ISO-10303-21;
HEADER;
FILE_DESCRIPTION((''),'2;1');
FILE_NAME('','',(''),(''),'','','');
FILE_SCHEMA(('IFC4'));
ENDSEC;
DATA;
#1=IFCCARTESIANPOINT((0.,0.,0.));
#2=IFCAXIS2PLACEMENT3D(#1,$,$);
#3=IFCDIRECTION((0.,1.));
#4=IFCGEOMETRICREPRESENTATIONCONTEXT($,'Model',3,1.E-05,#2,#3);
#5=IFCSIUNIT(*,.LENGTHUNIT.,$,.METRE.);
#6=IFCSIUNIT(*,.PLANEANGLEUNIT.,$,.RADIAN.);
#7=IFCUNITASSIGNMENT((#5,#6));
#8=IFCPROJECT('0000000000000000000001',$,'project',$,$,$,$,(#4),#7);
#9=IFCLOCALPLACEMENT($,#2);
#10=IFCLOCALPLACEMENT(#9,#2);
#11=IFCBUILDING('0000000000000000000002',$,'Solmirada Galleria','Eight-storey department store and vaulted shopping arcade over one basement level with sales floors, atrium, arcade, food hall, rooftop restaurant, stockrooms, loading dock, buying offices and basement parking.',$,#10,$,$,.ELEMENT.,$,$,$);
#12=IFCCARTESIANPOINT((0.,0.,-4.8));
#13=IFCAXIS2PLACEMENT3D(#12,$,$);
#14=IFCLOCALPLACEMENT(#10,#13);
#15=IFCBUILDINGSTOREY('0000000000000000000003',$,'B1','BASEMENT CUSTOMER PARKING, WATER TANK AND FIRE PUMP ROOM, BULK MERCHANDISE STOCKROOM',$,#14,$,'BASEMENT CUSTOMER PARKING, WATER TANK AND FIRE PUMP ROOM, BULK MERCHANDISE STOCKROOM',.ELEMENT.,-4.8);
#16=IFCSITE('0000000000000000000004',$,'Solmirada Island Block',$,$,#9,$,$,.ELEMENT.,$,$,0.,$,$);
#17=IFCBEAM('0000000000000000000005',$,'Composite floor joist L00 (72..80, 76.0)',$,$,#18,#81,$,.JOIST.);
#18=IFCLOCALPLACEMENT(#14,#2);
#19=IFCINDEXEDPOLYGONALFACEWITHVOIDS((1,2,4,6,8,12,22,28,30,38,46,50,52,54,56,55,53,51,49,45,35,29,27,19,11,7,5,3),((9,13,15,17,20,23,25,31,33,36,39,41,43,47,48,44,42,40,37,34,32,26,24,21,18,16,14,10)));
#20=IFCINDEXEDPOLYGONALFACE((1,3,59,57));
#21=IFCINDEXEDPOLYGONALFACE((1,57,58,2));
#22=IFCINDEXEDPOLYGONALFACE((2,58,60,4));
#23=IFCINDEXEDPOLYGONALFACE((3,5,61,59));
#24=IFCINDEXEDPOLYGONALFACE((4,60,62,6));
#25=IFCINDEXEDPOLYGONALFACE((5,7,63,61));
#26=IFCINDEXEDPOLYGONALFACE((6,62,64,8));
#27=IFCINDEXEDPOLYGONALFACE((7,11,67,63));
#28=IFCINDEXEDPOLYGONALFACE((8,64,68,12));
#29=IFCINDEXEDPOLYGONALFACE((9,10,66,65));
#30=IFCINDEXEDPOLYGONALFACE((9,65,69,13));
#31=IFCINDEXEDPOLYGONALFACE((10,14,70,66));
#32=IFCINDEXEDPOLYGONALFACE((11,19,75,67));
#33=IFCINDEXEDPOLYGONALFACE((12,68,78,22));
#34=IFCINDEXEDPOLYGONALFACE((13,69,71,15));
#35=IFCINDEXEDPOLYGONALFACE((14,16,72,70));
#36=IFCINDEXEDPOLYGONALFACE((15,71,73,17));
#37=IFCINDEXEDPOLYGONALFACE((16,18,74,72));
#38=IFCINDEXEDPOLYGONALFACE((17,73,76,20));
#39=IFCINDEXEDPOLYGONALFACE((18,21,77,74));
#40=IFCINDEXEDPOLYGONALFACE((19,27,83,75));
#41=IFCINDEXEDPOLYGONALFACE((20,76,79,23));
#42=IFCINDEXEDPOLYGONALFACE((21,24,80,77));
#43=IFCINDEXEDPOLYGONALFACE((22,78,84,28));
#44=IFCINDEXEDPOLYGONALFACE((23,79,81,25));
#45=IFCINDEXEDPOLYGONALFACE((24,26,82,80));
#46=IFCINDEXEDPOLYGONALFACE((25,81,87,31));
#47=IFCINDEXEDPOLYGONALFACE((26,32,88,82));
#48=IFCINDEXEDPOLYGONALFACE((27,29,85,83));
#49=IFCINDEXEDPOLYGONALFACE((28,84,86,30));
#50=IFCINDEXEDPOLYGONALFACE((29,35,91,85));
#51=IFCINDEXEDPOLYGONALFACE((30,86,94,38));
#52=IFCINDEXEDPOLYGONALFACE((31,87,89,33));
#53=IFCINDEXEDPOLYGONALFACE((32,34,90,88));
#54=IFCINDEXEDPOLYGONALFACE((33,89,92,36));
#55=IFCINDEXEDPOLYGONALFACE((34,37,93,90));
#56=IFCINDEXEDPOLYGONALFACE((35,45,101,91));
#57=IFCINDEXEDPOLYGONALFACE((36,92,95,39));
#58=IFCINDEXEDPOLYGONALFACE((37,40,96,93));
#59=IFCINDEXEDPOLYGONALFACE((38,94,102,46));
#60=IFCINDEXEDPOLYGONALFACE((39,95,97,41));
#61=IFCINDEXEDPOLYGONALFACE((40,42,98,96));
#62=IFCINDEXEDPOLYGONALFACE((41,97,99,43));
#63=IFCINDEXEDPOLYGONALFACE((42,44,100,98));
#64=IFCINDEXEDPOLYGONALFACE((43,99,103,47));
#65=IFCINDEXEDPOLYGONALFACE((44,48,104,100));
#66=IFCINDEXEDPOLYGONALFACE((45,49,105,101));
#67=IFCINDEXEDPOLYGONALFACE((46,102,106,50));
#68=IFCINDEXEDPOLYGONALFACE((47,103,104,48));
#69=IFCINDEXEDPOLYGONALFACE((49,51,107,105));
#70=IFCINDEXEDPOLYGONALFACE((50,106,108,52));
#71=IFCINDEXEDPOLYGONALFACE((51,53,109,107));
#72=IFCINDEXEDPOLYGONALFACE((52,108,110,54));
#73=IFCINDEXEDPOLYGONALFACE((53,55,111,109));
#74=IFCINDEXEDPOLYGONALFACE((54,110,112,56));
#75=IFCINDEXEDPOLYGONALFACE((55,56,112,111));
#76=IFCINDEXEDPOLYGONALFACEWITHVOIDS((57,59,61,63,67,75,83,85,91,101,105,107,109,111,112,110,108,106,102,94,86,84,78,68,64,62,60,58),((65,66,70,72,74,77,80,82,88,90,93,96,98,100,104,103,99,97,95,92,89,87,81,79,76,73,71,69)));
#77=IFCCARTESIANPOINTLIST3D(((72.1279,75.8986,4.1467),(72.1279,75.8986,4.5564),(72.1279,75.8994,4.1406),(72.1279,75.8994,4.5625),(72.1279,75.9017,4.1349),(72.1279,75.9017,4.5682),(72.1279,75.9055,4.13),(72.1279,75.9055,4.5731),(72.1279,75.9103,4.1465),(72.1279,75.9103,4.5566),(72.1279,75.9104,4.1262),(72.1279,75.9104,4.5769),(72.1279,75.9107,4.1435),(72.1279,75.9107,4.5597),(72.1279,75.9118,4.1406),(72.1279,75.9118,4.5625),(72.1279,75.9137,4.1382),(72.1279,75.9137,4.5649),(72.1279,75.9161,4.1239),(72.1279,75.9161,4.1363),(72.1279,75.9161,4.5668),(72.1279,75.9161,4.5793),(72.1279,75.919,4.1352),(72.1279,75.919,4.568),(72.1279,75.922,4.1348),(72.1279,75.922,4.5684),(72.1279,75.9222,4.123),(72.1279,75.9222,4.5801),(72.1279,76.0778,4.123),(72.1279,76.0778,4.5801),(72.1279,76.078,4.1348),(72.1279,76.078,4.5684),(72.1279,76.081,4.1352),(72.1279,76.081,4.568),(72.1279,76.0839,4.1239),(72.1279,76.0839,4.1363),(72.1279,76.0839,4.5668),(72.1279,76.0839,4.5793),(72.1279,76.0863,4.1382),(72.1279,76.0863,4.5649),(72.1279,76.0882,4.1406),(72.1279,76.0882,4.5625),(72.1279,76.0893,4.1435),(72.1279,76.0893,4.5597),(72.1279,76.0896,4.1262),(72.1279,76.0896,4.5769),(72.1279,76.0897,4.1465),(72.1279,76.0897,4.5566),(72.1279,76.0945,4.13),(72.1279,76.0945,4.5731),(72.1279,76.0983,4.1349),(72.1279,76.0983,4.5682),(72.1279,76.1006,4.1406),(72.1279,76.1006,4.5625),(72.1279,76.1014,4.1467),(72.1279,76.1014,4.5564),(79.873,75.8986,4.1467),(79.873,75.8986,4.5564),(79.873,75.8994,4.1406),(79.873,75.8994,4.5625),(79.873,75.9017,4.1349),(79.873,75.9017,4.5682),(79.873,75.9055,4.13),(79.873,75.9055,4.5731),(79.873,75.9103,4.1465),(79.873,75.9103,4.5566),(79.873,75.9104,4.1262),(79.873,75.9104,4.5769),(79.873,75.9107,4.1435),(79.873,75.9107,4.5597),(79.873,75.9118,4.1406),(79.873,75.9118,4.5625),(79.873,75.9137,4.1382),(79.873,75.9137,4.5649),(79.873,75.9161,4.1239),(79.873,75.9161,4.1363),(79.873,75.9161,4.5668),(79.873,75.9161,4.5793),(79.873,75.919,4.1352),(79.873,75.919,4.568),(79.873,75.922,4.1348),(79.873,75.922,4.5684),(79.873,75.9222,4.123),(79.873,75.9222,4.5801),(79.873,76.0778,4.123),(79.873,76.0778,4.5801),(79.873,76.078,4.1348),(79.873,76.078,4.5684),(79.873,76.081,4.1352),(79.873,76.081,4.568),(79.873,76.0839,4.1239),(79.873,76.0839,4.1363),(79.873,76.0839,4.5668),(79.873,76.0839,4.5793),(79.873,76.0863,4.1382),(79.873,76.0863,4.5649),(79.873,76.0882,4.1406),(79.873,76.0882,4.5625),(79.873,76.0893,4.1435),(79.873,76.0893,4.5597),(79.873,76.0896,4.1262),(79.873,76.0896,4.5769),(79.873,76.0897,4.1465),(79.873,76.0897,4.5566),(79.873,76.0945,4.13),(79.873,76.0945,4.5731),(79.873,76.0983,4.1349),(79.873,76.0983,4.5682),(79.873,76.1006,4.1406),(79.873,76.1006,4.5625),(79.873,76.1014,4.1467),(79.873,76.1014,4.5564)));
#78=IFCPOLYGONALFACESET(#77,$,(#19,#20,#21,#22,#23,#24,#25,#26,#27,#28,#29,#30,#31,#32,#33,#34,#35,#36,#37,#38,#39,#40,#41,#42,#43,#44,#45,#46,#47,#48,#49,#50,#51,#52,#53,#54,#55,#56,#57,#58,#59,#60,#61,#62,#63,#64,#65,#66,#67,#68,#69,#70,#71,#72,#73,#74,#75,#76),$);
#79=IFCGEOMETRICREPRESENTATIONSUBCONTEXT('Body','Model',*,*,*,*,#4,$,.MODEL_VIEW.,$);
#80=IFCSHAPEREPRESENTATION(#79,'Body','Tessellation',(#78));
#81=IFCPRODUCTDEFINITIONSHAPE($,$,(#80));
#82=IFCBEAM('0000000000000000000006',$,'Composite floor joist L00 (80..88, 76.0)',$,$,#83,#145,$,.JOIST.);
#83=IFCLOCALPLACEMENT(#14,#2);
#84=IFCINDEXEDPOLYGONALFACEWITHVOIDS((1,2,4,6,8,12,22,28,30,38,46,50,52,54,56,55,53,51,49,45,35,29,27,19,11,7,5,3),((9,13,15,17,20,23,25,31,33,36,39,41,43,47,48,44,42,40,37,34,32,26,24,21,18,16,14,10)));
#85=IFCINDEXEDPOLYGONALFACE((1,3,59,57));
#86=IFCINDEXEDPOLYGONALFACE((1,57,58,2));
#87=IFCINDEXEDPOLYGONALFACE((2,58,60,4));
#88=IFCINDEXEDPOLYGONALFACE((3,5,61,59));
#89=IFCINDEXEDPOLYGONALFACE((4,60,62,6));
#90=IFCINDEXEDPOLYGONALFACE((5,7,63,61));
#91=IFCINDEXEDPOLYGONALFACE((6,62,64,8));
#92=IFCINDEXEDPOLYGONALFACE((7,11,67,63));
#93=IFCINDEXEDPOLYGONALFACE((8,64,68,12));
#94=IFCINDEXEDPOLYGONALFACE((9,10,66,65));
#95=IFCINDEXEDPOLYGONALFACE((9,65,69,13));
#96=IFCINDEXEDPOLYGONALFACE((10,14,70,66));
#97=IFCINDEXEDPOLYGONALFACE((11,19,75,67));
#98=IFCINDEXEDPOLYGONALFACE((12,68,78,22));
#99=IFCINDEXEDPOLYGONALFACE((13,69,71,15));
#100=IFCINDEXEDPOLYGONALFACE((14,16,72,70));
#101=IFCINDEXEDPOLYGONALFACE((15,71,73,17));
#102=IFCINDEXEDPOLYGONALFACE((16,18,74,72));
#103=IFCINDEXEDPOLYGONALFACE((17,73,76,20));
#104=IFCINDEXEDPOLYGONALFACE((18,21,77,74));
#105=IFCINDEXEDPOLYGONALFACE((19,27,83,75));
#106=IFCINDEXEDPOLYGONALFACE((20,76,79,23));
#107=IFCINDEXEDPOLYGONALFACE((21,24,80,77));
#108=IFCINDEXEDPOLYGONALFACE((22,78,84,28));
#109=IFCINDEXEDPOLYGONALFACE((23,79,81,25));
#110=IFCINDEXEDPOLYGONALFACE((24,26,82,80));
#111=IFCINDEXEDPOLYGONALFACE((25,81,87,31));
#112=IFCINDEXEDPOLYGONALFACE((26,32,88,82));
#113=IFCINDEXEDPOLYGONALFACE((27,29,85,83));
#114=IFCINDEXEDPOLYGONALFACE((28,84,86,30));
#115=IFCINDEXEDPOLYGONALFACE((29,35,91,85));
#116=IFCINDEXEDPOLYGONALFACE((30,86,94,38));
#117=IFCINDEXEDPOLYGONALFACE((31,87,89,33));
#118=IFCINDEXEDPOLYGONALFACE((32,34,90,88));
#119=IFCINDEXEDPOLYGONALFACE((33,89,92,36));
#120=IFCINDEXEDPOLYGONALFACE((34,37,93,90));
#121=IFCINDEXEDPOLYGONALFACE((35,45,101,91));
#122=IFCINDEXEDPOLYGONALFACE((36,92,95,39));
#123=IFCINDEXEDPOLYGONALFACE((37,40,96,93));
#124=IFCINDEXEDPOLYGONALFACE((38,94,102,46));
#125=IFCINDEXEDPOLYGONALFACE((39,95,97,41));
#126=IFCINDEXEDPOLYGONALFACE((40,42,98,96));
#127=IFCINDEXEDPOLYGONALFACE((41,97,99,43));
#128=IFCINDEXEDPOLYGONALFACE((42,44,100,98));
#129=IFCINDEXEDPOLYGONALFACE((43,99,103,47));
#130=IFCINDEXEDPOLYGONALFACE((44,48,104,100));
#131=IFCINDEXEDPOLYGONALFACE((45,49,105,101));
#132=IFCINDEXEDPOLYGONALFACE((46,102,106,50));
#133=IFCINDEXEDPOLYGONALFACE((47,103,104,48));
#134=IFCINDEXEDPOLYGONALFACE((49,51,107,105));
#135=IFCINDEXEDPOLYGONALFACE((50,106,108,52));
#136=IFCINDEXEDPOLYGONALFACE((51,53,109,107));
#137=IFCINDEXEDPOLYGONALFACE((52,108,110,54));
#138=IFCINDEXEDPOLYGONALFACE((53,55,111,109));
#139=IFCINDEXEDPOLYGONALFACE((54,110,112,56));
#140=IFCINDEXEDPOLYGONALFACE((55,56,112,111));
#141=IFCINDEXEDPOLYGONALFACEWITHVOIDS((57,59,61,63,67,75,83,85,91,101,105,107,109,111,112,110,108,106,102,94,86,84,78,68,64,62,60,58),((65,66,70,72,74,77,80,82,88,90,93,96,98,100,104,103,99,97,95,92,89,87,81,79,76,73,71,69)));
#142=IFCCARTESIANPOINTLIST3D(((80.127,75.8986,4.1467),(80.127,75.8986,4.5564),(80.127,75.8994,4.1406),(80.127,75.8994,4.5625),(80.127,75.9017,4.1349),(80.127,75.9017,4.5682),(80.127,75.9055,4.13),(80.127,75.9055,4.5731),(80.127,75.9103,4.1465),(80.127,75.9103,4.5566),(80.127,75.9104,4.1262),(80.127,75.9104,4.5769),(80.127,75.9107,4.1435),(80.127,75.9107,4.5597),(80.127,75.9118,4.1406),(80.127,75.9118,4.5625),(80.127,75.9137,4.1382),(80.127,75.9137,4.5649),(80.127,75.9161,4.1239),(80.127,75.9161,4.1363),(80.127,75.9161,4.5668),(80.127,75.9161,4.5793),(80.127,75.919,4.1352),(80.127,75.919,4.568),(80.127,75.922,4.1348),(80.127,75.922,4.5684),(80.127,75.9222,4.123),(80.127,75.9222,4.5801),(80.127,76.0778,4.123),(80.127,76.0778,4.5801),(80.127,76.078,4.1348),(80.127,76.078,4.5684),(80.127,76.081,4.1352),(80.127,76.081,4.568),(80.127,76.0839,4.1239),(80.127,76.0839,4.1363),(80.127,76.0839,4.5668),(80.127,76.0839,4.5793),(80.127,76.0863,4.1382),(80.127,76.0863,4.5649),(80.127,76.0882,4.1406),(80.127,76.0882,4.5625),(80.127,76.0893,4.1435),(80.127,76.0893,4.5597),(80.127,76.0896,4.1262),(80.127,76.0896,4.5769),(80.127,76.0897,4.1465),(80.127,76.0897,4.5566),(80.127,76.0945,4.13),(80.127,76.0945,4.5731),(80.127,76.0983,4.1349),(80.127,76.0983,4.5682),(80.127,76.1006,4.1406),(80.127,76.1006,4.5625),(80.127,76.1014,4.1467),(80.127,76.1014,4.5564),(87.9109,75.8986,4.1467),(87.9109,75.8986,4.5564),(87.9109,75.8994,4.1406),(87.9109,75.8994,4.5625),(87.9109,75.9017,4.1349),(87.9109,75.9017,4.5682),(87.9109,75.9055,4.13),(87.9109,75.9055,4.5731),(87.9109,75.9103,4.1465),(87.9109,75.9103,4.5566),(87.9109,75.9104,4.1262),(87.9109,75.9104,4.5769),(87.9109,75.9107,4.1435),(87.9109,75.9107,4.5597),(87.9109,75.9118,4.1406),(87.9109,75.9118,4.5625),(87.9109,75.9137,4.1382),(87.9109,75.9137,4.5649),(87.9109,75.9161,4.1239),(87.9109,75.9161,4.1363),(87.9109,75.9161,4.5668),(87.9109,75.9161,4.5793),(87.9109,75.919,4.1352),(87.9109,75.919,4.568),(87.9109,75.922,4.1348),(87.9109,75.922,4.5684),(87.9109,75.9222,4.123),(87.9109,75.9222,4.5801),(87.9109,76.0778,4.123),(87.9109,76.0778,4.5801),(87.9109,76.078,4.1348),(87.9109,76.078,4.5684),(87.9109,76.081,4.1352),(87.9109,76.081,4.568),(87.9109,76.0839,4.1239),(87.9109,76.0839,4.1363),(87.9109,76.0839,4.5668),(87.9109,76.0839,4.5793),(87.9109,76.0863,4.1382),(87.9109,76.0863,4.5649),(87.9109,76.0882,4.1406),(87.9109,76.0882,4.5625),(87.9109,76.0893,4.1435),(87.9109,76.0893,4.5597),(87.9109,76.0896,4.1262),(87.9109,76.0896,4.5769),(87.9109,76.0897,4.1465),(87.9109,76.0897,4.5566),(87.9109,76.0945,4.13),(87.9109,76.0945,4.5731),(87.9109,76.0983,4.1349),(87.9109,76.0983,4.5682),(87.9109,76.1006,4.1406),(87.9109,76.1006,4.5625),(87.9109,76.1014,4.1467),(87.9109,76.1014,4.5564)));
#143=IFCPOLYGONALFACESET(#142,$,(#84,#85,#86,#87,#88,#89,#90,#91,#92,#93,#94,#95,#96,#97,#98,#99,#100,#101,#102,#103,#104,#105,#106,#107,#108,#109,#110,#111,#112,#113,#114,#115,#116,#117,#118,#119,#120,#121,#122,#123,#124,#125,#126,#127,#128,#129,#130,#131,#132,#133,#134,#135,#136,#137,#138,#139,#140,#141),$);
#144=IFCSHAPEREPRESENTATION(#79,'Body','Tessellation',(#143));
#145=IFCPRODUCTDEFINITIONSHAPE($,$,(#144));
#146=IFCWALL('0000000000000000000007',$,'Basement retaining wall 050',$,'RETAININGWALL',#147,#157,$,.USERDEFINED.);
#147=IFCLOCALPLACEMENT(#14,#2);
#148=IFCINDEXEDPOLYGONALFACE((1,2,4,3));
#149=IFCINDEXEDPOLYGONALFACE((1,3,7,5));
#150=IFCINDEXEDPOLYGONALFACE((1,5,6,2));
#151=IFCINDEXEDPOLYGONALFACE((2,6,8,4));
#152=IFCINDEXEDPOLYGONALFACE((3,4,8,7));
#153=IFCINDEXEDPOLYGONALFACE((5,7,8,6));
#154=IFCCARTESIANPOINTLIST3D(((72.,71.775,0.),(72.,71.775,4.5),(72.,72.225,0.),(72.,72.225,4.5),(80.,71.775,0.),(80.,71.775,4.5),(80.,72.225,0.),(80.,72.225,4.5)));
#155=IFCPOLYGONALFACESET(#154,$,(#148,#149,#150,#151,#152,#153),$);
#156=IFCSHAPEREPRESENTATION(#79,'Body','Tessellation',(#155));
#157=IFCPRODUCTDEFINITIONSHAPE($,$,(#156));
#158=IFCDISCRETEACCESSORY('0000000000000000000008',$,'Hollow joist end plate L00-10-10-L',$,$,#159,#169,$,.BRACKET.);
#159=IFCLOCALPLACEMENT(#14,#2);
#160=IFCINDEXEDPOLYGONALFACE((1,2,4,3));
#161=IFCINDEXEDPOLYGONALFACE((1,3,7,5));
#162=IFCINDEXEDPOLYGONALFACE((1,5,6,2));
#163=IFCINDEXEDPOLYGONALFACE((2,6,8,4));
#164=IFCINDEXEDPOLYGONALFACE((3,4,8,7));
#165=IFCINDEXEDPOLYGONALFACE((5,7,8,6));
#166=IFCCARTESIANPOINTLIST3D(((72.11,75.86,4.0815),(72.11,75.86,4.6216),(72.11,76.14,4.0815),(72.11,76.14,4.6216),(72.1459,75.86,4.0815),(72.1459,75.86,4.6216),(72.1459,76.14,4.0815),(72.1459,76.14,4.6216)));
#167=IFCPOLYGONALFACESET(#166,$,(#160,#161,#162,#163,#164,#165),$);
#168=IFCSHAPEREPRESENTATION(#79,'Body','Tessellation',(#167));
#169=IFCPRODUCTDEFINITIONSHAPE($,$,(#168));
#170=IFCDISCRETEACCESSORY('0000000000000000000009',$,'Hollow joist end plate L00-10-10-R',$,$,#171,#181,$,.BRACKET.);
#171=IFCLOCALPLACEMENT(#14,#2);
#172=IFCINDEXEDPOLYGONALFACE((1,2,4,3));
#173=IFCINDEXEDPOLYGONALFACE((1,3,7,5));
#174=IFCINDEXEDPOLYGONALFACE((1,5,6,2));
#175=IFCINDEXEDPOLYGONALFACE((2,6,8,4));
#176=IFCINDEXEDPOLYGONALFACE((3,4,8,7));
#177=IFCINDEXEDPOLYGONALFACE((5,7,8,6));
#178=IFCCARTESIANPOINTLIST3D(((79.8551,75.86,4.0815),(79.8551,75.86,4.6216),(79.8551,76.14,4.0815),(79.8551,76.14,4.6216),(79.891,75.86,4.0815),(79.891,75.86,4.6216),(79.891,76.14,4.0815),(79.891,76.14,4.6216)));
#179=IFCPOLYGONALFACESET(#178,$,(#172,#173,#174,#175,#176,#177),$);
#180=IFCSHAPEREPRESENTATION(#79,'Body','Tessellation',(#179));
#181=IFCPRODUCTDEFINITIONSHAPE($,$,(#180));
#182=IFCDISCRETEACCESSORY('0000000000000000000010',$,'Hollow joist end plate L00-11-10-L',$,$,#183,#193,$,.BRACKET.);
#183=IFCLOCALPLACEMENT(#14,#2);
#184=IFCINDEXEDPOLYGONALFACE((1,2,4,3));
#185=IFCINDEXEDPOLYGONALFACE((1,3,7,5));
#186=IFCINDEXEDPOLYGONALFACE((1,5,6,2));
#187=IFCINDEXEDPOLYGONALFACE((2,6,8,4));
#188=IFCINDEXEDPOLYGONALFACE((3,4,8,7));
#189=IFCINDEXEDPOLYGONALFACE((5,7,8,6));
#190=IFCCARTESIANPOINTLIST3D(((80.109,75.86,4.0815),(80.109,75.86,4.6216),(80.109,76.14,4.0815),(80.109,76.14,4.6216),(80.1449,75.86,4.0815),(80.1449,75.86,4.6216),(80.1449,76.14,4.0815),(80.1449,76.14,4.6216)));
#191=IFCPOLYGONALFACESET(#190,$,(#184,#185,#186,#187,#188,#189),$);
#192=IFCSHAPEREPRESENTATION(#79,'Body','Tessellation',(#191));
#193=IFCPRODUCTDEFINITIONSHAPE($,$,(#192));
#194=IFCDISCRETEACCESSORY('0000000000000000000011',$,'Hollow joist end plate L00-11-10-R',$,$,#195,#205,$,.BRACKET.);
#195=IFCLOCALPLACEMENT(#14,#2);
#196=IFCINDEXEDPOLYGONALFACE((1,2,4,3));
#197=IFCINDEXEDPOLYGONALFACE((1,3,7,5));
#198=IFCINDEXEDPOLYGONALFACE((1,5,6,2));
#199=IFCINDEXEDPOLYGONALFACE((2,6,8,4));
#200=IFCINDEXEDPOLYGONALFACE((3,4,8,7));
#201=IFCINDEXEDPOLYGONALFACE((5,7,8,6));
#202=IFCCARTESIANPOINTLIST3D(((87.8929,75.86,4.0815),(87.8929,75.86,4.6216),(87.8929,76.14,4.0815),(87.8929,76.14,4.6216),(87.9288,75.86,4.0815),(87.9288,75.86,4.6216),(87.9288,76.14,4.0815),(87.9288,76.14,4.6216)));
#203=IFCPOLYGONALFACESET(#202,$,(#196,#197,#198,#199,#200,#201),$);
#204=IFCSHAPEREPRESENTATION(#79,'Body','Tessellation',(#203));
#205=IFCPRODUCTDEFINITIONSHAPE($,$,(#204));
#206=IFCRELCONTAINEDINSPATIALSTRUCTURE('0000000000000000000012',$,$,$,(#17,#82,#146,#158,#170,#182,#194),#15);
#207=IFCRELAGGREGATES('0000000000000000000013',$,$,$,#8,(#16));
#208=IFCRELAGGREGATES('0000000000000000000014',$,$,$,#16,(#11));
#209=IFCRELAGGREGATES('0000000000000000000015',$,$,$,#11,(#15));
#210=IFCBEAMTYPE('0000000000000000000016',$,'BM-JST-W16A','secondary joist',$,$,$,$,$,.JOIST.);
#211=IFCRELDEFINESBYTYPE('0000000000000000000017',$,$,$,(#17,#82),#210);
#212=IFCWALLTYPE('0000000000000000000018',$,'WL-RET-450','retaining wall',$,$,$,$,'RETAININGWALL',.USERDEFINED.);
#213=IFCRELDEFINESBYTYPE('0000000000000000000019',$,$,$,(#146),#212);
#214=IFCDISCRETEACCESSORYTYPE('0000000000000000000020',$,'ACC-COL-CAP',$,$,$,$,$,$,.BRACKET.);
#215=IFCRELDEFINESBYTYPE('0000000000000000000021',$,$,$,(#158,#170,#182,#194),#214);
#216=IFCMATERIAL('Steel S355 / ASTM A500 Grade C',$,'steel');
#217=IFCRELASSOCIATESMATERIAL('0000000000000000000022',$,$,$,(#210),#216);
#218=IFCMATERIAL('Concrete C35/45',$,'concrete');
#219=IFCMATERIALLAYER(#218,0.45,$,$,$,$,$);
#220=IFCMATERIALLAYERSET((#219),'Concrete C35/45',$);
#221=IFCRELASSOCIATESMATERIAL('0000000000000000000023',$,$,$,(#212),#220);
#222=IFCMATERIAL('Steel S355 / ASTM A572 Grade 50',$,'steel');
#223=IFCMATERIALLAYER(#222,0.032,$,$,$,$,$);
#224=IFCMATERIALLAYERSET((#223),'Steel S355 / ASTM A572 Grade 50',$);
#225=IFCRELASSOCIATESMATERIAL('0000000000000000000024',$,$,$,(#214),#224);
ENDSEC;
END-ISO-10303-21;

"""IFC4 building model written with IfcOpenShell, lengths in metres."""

from ifc_helpers import new_model, si_unit, direction, frame, frame_2d, origin, origin_2d, place, context, subcontext, project, spatial, rectangle, hollow_rectangle, extrude, material, layer, layer_set, material_profile, profile_set, type_object, element, save


model = new_model("IFC4")

# Units and contexts
model_context = context("Model", 3, precision=1e-05, world=origin(), true_north=direction((0.0, 1.0)))
body_context = subcontext(model_context, "Body", "Model", "MODEL_VIEW")
ifc_project = project(units=[si_unit("LENGTHUNIT", "METRE"), si_unit("PLANEANGLEUNIT", "RADIAN")], contexts=[model_context])

# Site, building, storey
site_placement = place(None, origin())
site = spatial("IfcSite", under=ifc_project, at=site_placement, Name="Solmirada Island Block", CompositionType="ELEMENT", RefElevation=0.0)
building_placement = place(site_placement, origin())
building = spatial("IfcBuilding", under=site, at=building_placement, Name="Solmirada Galleria", Description="Eight-storey department store and vaulted shopping arcade over one basement level with sales floors, atrium, arcade, food hall, rooftop restaurant, stockrooms, loading dock, buying offices and basement parking.", CompositionType="ELEMENT")
storey_placement = place(building_placement, frame((0.0, 0.0, -4.8)))
storey = spatial("IfcBuildingStorey", under=building, at=storey_placement, Name="B1", Description="BASEMENT CUSTOMER PARKING, WATER TANK AND FIRE PUMP ROOM, BULK MERCHANDISE STOCKROOM", LongName="BASEMENT CUSTOMER PARKING, WATER TANK AND FIRE PUMP ROOM, BULK MERCHANDISE STOCKROOM", CompositionType="ELEMENT", Elevation=-4.8)

# Shared definitions
ifc_material_1 = material(Name="Concrete C35/45", Category="concrete")

# Shared definitions
ifc_material_2 = material(Name="Steel S355 / ASTM A500 Grade C", Category="steel")

# Beams
ifc_material_profile_1 = material_profile(ifc_material_2, hollow_rectangle(XDim=0.2029, YDim=0.457, WallThickness=0.0117, InnerFilletRadius=0.0117, OuterFilletRadius=0.0237, at=origin_2d()), Name="HSS18X8X1/2")
ifc_profile_set_1 = profile_set([ifc_material_profile_1], Name="Steel S355 / ASTM A500 Grade C")
beam_type_1 = type_object("IfcBeamType", Name="BM-JST-W16A", Description="secondary joist", PredefinedType="JOIST", material=ifc_profile_set_1)
beam_1_placement = place(storey_placement, frame((72.1279, 76.0, 4.3516), z_axis=(1.0, 0.0, 0.0), x_axis=(0.0, 1.0, 0.0)))
element("IfcBeam", 1, at=beam_1_placement, inside=storey, type_object=beam_type_1, Name="Composite floor joist L00 (72..80, 76.0)", PredefinedType="JOIST", context=body_context, shape_type="SweptSolid", body=[
    extrude(hollow_rectangle(XDim=0.2029, YDim=0.457, WallThickness=0.0117, InnerFilletRadius=0.0117, OuterFilletRadius=0.0237, at=origin_2d()), origin(), (0.0, 0.0, 1.0), 7.7451),
])
beam_2_placement = place(storey_placement, frame((80.127, 76.0, 4.3516), z_axis=(1.0, 0.0, 0.0), x_axis=(0.0, 1.0, 0.0)))
element("IfcBeam", 2, at=beam_2_placement, inside=storey, type_object=beam_type_1, Name="Composite floor joist L00 (80..88, 76.0)", PredefinedType="JOIST", context=body_context, shape_type="SweptSolid", body=[
    extrude(hollow_rectangle(XDim=0.2029, YDim=0.457, WallThickness=0.0117, InnerFilletRadius=0.0117, OuterFilletRadius=0.0237, at=origin_2d()), origin(), (0.0, 0.0, 1.0), 7.7839),
])

# Wall
ifc_layer_1 = layer(ifc_material_1, 0.45)
ifc_layer_set_1 = layer_set([ifc_layer_1], Name="Concrete C35/45")
wall_type = type_object("IfcWallType", Name="WL-RET-450", Description="retaining wall", ElementType="RETAININGWALL", PredefinedType="USERDEFINED", material=ifc_layer_set_1)
wall_placement = place(storey_placement, frame((80.0, 72.0, 0.0), z_axis=(0.0, 0.0, 1.0), x_axis=(-1.0, 0.0, 0.0)))
element("IfcWall", 3, at=wall_placement, inside=storey, type_object=wall_type, Name="Basement retaining wall 050", ObjectType="RETAININGWALL", PredefinedType="USERDEFINED", context=body_context, shape_type="SweptSolid", body=[
    extrude(rectangle(XDim=8.0, YDim=0.45, at=frame_2d((4.0, 0.0))), origin(), (0.0, 0.0, 1.0), 4.5),
])

# Discrete accessories
ifc_material_3 = material(Name="Steel S355 / ASTM A572 Grade 50", Category="steel")
ifc_layer_2 = layer(ifc_material_3, 0.032)
ifc_layer_set_2 = layer_set([ifc_layer_2], Name="Steel S355 / ASTM A572 Grade 50")
discrete_accessory_type = type_object("IfcDiscreteAccessoryType", Name="ACC-COL-CAP", PredefinedType="BRACKET", material=ifc_layer_set_2)
for number, where, z_axis, x_axis, name in (
    (4, (72.1279, 76.0, 4.0815), (0.0, 0.0, 1.0), (1.0, 0.0, 0.0), "Hollow joist end plate L00-10-10-L"),
    (5, (79.873, 76.0, 4.0815), (0.0, 0.0, 1.0), (1.0, 0.0, 0.0), "Hollow joist end plate L00-10-10-R"),
    (6, (80.127, 76.0, 4.0815), (0.0, 0.0, 1.0), (1.0, 0.0, 0.0), "Hollow joist end plate L00-11-10-L"),
    (7, (87.9109, 76.0, 4.0815), (0.0, 0.0, 1.0), (1.0, 0.0, 0.0), "Hollow joist end plate L00-11-10-R"),
):
    element("IfcDiscreteAccessory", number, at=place(storey_placement, frame(where, z_axis=z_axis, x_axis=x_axis)), inside=storey, type_object=discrete_accessory_type, Name=name, PredefinedType="BRACKET", context=body_context, shape_type="SweptSolid", body=[
        extrude(rectangle(XDim=0.0359, YDim=0.28, at=origin_2d()), origin(), (0.0, 0.0, 1.0), 0.54),
    ])

save(model, "model.ifc")
